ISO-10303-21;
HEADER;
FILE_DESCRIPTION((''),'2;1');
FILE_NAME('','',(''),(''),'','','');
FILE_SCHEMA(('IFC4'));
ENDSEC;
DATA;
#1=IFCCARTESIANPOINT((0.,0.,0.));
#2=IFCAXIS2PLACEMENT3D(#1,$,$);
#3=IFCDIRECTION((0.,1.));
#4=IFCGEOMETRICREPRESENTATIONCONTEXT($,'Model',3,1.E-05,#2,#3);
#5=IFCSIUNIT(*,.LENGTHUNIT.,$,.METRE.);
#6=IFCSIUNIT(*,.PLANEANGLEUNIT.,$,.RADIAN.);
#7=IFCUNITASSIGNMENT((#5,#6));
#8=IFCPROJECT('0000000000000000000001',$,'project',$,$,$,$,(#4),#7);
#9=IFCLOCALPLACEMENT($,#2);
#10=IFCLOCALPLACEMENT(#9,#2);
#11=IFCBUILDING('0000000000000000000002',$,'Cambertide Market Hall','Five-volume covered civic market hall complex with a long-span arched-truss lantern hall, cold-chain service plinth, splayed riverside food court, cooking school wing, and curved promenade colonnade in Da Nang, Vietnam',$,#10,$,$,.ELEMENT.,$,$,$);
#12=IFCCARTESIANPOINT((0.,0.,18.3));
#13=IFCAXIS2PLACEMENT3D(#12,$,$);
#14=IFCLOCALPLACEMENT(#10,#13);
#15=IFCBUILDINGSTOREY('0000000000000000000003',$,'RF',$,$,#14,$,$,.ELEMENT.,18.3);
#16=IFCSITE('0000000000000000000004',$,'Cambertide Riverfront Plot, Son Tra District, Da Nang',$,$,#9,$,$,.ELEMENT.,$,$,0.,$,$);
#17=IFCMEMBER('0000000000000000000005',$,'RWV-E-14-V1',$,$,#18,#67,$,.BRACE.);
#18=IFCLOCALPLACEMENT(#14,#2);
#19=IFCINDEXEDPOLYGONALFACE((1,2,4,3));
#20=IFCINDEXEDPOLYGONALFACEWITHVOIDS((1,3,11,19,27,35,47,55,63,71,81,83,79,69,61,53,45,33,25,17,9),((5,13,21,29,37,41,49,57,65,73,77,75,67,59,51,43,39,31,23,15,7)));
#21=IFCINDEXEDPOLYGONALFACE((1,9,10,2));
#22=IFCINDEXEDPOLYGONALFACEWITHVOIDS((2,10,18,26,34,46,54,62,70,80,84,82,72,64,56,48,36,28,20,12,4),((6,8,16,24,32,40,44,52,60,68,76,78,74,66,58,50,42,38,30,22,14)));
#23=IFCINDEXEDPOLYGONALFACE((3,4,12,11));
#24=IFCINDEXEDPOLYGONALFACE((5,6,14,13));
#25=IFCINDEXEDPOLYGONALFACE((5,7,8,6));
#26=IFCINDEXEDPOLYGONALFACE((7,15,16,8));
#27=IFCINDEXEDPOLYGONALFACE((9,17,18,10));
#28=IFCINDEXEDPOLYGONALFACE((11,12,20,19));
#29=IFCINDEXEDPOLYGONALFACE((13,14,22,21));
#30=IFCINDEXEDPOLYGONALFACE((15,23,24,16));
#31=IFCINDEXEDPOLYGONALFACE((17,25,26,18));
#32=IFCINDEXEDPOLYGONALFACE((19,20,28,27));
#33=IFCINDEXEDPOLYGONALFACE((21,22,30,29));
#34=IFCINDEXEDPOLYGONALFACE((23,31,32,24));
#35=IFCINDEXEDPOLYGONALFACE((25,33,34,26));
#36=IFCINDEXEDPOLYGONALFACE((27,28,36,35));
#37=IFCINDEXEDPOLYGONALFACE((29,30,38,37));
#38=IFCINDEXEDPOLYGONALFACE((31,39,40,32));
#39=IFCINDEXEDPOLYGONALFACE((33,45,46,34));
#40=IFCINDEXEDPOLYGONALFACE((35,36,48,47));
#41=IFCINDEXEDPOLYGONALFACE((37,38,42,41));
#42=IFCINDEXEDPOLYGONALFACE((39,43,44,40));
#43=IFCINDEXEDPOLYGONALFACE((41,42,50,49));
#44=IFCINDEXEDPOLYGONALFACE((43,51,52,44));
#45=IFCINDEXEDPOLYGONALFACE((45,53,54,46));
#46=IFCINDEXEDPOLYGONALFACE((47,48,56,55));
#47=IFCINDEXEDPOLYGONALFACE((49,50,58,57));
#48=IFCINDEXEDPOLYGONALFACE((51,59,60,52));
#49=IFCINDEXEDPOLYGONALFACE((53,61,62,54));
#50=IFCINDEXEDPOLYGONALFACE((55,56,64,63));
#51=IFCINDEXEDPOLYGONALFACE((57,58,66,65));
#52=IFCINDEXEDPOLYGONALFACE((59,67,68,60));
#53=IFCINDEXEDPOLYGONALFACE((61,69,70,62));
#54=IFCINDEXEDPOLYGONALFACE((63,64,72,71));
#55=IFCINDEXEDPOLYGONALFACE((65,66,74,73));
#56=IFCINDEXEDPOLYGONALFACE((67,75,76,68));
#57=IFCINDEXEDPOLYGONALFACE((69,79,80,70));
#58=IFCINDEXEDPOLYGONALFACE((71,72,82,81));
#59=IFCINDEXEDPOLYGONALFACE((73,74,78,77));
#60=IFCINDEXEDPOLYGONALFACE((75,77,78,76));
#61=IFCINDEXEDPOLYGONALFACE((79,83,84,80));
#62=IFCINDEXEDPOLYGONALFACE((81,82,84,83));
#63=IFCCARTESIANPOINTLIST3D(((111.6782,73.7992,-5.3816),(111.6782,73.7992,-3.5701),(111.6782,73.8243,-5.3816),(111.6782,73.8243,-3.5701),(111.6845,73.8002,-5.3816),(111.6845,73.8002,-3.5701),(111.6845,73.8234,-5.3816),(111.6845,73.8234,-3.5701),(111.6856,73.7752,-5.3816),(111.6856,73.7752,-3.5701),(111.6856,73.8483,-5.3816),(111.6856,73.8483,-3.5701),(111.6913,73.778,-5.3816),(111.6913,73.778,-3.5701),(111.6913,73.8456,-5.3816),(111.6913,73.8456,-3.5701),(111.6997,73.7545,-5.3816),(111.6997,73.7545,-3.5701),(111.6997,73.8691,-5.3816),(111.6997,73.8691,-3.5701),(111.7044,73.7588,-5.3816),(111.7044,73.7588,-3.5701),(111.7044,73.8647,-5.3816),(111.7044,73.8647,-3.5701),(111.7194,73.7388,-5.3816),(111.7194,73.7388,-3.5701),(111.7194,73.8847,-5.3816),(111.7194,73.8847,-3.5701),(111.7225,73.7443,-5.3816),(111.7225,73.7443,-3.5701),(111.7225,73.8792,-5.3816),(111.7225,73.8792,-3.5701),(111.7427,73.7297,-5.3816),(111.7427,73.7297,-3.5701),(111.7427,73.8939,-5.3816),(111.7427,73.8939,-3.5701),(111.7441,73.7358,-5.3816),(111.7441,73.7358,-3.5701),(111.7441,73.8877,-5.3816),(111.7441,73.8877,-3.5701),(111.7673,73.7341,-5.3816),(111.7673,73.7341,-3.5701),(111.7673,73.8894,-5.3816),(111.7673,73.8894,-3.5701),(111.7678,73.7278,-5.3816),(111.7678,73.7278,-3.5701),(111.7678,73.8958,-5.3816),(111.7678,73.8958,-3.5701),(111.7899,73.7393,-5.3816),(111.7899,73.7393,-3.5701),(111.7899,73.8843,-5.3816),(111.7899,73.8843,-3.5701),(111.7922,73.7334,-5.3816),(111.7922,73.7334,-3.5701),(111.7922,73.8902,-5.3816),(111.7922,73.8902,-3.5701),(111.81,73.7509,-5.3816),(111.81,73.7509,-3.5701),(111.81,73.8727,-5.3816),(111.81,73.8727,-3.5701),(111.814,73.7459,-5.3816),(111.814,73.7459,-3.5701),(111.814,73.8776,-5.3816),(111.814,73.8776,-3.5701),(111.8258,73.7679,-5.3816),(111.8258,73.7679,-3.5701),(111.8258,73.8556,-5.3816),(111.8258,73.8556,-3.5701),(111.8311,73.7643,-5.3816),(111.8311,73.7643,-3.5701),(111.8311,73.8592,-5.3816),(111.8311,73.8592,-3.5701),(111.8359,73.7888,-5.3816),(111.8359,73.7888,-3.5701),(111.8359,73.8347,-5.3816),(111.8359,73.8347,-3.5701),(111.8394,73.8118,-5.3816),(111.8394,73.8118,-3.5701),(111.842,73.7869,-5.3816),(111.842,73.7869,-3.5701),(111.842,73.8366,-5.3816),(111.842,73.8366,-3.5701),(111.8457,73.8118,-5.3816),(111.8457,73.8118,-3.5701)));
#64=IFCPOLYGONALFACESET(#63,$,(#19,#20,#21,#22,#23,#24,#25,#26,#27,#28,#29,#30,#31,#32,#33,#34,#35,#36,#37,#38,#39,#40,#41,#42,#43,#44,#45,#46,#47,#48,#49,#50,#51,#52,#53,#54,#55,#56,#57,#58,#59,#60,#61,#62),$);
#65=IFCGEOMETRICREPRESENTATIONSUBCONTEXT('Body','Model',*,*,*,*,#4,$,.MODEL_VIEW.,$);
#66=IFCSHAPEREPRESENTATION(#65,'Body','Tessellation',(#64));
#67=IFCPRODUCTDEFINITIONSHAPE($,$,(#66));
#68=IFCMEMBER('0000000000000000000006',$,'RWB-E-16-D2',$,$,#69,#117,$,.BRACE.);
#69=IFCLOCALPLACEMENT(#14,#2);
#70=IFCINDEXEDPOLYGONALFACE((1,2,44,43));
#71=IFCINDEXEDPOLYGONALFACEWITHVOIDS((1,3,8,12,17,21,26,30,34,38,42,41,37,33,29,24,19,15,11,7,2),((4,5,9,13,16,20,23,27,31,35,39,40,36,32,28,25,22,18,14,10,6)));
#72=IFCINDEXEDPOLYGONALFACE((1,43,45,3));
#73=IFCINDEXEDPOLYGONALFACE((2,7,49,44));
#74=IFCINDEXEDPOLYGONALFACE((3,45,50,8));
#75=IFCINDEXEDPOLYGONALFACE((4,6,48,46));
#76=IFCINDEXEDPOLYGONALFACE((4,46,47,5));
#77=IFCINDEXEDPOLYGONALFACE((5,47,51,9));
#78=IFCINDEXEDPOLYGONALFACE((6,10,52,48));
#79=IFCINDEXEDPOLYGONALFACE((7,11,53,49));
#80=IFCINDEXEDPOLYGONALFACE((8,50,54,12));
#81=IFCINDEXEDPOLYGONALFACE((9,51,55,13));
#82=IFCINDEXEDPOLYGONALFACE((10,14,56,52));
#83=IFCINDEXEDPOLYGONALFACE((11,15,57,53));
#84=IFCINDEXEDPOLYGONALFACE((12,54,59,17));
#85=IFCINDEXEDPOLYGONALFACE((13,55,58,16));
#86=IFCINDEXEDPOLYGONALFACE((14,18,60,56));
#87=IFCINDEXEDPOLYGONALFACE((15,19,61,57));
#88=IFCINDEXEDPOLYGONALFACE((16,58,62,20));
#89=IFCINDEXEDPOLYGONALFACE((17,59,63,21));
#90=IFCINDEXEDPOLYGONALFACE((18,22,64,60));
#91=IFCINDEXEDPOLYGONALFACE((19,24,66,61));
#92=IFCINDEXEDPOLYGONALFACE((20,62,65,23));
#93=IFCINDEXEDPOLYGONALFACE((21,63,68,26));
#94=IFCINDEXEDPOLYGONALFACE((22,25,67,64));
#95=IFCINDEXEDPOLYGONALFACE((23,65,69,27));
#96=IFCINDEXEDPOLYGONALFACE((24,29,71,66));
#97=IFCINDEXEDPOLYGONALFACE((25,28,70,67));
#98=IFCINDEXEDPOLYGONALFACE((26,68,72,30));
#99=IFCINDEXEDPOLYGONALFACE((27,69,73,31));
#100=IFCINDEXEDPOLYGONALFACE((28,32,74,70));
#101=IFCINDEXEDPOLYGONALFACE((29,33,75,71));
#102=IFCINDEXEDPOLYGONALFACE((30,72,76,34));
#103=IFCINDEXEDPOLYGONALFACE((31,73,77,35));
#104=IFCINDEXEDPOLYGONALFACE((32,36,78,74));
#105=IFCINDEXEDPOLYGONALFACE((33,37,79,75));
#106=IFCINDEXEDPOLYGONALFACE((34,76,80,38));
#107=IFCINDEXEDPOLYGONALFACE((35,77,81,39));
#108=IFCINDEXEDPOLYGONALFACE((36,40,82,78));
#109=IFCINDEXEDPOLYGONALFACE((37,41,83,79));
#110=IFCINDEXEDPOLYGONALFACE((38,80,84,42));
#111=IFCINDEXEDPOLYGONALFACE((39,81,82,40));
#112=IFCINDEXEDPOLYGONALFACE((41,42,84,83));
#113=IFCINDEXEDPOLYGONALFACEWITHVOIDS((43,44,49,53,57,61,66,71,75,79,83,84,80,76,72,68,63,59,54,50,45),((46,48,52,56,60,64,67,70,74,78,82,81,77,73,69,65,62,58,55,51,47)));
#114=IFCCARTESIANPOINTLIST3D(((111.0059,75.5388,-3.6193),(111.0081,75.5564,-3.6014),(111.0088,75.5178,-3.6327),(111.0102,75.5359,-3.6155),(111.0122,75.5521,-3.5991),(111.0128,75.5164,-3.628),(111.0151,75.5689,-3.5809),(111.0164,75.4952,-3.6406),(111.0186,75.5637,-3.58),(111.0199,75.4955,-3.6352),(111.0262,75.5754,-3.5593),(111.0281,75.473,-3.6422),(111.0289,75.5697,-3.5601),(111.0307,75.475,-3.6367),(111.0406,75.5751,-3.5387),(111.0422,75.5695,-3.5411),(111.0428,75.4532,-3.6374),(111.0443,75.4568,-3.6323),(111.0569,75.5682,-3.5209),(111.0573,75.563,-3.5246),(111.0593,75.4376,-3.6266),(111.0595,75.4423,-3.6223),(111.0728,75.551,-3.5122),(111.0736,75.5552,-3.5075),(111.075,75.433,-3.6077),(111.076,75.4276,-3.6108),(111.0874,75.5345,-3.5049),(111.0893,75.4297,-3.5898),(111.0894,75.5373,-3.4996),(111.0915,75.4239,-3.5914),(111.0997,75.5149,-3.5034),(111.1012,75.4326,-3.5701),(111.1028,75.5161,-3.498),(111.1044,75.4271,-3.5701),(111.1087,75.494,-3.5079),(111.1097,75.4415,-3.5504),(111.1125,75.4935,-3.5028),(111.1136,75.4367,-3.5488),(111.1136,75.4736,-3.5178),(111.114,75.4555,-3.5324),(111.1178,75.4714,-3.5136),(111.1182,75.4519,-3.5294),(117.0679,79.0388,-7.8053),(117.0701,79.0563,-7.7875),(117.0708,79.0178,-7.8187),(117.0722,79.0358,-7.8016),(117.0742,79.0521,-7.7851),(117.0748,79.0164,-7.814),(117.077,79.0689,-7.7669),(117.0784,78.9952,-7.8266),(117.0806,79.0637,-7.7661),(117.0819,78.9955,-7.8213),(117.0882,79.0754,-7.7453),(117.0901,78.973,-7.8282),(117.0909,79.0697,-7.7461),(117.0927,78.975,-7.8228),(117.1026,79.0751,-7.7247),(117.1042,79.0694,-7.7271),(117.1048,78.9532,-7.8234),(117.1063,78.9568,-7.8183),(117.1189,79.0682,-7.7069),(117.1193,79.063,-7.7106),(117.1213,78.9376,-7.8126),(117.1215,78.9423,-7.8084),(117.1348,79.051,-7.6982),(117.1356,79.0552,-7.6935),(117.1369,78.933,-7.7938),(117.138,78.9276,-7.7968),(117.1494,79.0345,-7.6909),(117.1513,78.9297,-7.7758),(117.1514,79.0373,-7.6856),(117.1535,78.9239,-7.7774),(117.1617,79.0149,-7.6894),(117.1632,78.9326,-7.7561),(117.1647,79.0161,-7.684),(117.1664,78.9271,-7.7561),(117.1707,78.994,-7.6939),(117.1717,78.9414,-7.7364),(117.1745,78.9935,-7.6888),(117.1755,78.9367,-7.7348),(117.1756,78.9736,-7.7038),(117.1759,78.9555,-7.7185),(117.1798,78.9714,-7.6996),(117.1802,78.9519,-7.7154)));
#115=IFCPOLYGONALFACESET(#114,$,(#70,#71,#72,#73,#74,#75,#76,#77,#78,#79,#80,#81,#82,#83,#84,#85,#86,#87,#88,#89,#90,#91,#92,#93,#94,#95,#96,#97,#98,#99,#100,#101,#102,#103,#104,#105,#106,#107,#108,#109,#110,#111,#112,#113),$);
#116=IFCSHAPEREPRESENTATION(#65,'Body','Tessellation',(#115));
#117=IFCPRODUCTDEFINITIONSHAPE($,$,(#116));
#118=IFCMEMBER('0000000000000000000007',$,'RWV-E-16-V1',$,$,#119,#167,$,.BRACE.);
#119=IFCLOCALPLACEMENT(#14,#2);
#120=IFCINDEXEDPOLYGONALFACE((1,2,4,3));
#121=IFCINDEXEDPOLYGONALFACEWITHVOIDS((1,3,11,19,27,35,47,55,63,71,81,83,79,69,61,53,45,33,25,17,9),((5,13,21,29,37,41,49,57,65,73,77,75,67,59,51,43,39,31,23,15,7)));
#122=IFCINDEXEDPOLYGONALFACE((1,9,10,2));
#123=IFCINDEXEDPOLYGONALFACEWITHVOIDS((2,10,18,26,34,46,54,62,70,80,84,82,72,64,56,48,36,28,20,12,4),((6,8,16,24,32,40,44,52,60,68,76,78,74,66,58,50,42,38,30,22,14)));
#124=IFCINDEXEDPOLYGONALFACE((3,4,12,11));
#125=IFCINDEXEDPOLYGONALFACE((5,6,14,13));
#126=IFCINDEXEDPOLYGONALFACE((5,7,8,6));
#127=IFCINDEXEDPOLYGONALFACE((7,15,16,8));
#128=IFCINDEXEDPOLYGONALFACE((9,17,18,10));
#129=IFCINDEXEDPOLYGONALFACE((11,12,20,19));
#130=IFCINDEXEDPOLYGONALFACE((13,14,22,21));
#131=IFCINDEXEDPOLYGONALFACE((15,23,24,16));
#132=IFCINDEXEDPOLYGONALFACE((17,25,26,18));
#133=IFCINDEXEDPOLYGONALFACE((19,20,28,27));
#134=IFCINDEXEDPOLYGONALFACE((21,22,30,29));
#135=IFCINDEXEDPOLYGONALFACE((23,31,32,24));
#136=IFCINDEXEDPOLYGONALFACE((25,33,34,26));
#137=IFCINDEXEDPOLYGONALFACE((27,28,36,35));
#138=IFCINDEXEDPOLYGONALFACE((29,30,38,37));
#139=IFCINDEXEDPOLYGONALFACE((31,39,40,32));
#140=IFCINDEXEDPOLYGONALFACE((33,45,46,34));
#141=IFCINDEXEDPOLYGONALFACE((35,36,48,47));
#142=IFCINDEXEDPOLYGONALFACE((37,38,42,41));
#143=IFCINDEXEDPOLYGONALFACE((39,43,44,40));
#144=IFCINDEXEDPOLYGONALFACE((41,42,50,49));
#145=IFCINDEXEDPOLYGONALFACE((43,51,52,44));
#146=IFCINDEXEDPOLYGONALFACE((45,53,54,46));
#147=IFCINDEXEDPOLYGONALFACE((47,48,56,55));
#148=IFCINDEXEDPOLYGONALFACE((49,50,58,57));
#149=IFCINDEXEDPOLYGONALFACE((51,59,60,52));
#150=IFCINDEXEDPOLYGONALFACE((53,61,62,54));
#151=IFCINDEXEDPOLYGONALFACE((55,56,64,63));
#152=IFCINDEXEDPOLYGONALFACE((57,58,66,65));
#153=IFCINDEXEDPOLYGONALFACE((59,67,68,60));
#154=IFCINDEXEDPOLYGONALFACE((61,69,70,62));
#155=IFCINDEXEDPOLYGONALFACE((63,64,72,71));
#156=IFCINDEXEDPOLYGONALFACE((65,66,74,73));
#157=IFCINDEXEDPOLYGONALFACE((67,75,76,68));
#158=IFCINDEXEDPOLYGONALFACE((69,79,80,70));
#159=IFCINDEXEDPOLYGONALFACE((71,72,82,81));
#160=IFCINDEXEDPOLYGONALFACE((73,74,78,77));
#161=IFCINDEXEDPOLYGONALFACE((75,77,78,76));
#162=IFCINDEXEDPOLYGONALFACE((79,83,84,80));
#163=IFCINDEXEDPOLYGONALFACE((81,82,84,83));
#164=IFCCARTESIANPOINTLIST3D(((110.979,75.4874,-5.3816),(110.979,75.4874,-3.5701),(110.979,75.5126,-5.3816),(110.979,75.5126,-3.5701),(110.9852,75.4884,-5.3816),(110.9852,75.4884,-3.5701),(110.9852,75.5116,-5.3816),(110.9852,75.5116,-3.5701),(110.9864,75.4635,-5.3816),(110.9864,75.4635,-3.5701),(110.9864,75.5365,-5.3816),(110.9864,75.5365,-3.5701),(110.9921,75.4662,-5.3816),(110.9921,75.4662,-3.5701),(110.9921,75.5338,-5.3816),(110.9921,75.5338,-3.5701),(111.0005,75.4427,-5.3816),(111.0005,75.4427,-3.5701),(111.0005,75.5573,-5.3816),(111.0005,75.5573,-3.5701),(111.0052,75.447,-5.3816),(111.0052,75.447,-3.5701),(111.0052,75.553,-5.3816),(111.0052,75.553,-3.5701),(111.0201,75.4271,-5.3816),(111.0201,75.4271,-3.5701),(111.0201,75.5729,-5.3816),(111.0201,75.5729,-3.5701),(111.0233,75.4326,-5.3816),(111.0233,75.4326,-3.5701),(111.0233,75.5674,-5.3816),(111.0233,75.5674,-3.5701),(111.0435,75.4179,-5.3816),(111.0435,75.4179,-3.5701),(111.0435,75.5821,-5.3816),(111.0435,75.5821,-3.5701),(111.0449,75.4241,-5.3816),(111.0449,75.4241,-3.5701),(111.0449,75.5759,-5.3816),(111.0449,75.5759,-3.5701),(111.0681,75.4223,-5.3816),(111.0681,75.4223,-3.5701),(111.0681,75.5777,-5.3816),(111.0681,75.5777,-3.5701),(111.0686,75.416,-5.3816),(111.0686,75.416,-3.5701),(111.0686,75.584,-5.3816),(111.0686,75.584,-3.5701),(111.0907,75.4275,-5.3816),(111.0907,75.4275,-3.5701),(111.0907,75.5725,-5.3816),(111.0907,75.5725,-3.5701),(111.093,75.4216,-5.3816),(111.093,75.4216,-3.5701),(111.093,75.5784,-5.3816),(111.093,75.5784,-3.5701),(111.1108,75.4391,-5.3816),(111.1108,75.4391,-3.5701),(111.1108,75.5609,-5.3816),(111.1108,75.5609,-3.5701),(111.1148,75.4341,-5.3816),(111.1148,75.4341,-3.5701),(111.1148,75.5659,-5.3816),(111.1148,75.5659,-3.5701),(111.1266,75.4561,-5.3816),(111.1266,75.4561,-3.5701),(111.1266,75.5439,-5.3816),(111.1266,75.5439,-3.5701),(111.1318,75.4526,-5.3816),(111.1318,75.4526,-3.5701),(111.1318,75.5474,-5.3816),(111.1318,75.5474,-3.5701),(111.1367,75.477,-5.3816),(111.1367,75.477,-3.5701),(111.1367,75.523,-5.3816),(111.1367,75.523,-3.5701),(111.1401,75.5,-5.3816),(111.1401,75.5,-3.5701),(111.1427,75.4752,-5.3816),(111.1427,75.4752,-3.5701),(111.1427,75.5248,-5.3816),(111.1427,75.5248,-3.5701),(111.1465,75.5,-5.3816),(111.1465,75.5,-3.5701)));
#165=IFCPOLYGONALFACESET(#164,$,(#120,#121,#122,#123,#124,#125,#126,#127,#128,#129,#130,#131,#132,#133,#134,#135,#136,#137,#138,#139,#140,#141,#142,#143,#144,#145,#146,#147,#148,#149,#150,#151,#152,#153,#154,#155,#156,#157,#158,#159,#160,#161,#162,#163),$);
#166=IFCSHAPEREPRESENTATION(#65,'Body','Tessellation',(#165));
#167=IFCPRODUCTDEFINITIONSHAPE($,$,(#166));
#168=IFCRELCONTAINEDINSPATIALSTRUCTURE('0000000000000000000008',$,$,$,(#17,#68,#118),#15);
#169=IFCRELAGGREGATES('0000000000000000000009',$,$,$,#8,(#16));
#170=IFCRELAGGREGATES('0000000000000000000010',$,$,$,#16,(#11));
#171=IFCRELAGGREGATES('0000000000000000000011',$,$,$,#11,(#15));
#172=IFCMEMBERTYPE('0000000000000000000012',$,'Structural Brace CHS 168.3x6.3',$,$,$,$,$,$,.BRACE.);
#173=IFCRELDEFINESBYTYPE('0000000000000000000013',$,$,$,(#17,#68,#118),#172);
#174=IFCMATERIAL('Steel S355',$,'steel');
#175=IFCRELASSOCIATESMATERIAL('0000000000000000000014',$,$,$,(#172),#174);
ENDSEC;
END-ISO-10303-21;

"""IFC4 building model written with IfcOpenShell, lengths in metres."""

from ifc_helpers import new_model, si_unit, direction, frame, origin, origin_2d, place, context, subcontext, project, spatial, hollow_circle, extrude, material, material_profile, profile_set, type_object, element, save


model = new_model("IFC4")

# Units and contexts
model_context = context("Model", 3, precision=1e-05, world=origin(), true_north=direction((0.0, 1.0)))
body_context = subcontext(model_context, "Body", "Model", "MODEL_VIEW")
ifc_project = project(units=[si_unit("LENGTHUNIT", "METRE"), si_unit("PLANEANGLEUNIT", "RADIAN")], contexts=[model_context])

# Site, building, storey
site_placement = place(None, origin())
site = spatial("IfcSite", under=ifc_project, at=site_placement, Name="Cambertide Riverfront Plot, Son Tra District, Da Nang", CompositionType="ELEMENT", RefElevation=0.0)
building_placement = place(site_placement, origin())
building = spatial("IfcBuilding", under=site, at=building_placement, Name="Cambertide Market Hall", Description="Five-volume covered civic market hall complex with a long-span arched-truss lantern hall, cold-chain service plinth, splayed riverside food court, cooking school wing, and curved promenade colonnade in Da Nang, Vietnam", CompositionType="ELEMENT")
storey_placement = place(building_placement, frame((0.0, 0.0, 18.3)))
storey = spatial("IfcBuildingStorey", under=building, at=storey_placement, Name="RF", CompositionType="ELEMENT", Elevation=18.3)

# Members
ifc_material_1 = material(Name="Steel S355", Category="steel")
ifc_material_profile_1 = material_profile(ifc_material_1, hollow_circle(Radius=0.0842, WallThickness=0.0063, at=origin_2d()), Name="CHS 168.3x6.3")
ifc_profile_set_1 = profile_set([ifc_material_profile_1], Name="Steel S355")
member_type_1 = type_object("IfcMemberType", Name="Structural Brace CHS 168.3x6.3", PredefinedType="BRACE", material=ifc_profile_set_1)
member_1_placement = place(storey_placement, frame((111.7615, 73.8118, -5.3816), z_axis=(0.0, 0.0, 1.0), x_axis=(1.0, 0.0, 0.0)))
element("IfcMember", 1, at=member_1_placement, inside=storey, type_object=member_type_1, Name="RWV-E-14-V1", PredefinedType="BRACE", context=body_context, shape_type="SweptSolid", body=[
    extrude(hollow_circle(Radius=0.0842, WallThickness=0.0063, at=origin_2d()), origin(), (0.0, 0.0, 1.0), 1.8115),
])
member_2_placement = place(storey_placement, frame((117.1243, 79.0, -7.7561), z_axis=(-0.743255, -0.42913, 0.513244), x_axis=(0.50001, -0.866019, 0.0)))
element("IfcMember", 2, at=member_2_placement, inside=storey, type_object=member_type_1, Name="RWB-E-16-D2", PredefinedType="BRACE", context=body_context, shape_type="SweptSolid", body=[
    extrude(hollow_circle(Radius=0.0842, WallThickness=0.0063, at=origin_2d()), origin(), (0.0, 0.0, 1.0), 8.156),
])
member_3_placement = place(storey_placement, frame((111.0623, 75.5, -5.3816), z_axis=(0.0, 0.0, 1.0), x_axis=(1.0, 0.0, 0.0)))
element("IfcMember", 3, at=member_3_placement, inside=storey, type_object=member_type_1, Name="RWV-E-16-V1", PredefinedType="BRACE", context=body_context, shape_type="SweptSolid", body=[
    extrude(hollow_circle(Radius=0.0842, WallThickness=0.0063, at=origin_2d()), origin(), (0.0, 0.0, 1.0), 1.8115),
])

save(model, "model.ifc")
